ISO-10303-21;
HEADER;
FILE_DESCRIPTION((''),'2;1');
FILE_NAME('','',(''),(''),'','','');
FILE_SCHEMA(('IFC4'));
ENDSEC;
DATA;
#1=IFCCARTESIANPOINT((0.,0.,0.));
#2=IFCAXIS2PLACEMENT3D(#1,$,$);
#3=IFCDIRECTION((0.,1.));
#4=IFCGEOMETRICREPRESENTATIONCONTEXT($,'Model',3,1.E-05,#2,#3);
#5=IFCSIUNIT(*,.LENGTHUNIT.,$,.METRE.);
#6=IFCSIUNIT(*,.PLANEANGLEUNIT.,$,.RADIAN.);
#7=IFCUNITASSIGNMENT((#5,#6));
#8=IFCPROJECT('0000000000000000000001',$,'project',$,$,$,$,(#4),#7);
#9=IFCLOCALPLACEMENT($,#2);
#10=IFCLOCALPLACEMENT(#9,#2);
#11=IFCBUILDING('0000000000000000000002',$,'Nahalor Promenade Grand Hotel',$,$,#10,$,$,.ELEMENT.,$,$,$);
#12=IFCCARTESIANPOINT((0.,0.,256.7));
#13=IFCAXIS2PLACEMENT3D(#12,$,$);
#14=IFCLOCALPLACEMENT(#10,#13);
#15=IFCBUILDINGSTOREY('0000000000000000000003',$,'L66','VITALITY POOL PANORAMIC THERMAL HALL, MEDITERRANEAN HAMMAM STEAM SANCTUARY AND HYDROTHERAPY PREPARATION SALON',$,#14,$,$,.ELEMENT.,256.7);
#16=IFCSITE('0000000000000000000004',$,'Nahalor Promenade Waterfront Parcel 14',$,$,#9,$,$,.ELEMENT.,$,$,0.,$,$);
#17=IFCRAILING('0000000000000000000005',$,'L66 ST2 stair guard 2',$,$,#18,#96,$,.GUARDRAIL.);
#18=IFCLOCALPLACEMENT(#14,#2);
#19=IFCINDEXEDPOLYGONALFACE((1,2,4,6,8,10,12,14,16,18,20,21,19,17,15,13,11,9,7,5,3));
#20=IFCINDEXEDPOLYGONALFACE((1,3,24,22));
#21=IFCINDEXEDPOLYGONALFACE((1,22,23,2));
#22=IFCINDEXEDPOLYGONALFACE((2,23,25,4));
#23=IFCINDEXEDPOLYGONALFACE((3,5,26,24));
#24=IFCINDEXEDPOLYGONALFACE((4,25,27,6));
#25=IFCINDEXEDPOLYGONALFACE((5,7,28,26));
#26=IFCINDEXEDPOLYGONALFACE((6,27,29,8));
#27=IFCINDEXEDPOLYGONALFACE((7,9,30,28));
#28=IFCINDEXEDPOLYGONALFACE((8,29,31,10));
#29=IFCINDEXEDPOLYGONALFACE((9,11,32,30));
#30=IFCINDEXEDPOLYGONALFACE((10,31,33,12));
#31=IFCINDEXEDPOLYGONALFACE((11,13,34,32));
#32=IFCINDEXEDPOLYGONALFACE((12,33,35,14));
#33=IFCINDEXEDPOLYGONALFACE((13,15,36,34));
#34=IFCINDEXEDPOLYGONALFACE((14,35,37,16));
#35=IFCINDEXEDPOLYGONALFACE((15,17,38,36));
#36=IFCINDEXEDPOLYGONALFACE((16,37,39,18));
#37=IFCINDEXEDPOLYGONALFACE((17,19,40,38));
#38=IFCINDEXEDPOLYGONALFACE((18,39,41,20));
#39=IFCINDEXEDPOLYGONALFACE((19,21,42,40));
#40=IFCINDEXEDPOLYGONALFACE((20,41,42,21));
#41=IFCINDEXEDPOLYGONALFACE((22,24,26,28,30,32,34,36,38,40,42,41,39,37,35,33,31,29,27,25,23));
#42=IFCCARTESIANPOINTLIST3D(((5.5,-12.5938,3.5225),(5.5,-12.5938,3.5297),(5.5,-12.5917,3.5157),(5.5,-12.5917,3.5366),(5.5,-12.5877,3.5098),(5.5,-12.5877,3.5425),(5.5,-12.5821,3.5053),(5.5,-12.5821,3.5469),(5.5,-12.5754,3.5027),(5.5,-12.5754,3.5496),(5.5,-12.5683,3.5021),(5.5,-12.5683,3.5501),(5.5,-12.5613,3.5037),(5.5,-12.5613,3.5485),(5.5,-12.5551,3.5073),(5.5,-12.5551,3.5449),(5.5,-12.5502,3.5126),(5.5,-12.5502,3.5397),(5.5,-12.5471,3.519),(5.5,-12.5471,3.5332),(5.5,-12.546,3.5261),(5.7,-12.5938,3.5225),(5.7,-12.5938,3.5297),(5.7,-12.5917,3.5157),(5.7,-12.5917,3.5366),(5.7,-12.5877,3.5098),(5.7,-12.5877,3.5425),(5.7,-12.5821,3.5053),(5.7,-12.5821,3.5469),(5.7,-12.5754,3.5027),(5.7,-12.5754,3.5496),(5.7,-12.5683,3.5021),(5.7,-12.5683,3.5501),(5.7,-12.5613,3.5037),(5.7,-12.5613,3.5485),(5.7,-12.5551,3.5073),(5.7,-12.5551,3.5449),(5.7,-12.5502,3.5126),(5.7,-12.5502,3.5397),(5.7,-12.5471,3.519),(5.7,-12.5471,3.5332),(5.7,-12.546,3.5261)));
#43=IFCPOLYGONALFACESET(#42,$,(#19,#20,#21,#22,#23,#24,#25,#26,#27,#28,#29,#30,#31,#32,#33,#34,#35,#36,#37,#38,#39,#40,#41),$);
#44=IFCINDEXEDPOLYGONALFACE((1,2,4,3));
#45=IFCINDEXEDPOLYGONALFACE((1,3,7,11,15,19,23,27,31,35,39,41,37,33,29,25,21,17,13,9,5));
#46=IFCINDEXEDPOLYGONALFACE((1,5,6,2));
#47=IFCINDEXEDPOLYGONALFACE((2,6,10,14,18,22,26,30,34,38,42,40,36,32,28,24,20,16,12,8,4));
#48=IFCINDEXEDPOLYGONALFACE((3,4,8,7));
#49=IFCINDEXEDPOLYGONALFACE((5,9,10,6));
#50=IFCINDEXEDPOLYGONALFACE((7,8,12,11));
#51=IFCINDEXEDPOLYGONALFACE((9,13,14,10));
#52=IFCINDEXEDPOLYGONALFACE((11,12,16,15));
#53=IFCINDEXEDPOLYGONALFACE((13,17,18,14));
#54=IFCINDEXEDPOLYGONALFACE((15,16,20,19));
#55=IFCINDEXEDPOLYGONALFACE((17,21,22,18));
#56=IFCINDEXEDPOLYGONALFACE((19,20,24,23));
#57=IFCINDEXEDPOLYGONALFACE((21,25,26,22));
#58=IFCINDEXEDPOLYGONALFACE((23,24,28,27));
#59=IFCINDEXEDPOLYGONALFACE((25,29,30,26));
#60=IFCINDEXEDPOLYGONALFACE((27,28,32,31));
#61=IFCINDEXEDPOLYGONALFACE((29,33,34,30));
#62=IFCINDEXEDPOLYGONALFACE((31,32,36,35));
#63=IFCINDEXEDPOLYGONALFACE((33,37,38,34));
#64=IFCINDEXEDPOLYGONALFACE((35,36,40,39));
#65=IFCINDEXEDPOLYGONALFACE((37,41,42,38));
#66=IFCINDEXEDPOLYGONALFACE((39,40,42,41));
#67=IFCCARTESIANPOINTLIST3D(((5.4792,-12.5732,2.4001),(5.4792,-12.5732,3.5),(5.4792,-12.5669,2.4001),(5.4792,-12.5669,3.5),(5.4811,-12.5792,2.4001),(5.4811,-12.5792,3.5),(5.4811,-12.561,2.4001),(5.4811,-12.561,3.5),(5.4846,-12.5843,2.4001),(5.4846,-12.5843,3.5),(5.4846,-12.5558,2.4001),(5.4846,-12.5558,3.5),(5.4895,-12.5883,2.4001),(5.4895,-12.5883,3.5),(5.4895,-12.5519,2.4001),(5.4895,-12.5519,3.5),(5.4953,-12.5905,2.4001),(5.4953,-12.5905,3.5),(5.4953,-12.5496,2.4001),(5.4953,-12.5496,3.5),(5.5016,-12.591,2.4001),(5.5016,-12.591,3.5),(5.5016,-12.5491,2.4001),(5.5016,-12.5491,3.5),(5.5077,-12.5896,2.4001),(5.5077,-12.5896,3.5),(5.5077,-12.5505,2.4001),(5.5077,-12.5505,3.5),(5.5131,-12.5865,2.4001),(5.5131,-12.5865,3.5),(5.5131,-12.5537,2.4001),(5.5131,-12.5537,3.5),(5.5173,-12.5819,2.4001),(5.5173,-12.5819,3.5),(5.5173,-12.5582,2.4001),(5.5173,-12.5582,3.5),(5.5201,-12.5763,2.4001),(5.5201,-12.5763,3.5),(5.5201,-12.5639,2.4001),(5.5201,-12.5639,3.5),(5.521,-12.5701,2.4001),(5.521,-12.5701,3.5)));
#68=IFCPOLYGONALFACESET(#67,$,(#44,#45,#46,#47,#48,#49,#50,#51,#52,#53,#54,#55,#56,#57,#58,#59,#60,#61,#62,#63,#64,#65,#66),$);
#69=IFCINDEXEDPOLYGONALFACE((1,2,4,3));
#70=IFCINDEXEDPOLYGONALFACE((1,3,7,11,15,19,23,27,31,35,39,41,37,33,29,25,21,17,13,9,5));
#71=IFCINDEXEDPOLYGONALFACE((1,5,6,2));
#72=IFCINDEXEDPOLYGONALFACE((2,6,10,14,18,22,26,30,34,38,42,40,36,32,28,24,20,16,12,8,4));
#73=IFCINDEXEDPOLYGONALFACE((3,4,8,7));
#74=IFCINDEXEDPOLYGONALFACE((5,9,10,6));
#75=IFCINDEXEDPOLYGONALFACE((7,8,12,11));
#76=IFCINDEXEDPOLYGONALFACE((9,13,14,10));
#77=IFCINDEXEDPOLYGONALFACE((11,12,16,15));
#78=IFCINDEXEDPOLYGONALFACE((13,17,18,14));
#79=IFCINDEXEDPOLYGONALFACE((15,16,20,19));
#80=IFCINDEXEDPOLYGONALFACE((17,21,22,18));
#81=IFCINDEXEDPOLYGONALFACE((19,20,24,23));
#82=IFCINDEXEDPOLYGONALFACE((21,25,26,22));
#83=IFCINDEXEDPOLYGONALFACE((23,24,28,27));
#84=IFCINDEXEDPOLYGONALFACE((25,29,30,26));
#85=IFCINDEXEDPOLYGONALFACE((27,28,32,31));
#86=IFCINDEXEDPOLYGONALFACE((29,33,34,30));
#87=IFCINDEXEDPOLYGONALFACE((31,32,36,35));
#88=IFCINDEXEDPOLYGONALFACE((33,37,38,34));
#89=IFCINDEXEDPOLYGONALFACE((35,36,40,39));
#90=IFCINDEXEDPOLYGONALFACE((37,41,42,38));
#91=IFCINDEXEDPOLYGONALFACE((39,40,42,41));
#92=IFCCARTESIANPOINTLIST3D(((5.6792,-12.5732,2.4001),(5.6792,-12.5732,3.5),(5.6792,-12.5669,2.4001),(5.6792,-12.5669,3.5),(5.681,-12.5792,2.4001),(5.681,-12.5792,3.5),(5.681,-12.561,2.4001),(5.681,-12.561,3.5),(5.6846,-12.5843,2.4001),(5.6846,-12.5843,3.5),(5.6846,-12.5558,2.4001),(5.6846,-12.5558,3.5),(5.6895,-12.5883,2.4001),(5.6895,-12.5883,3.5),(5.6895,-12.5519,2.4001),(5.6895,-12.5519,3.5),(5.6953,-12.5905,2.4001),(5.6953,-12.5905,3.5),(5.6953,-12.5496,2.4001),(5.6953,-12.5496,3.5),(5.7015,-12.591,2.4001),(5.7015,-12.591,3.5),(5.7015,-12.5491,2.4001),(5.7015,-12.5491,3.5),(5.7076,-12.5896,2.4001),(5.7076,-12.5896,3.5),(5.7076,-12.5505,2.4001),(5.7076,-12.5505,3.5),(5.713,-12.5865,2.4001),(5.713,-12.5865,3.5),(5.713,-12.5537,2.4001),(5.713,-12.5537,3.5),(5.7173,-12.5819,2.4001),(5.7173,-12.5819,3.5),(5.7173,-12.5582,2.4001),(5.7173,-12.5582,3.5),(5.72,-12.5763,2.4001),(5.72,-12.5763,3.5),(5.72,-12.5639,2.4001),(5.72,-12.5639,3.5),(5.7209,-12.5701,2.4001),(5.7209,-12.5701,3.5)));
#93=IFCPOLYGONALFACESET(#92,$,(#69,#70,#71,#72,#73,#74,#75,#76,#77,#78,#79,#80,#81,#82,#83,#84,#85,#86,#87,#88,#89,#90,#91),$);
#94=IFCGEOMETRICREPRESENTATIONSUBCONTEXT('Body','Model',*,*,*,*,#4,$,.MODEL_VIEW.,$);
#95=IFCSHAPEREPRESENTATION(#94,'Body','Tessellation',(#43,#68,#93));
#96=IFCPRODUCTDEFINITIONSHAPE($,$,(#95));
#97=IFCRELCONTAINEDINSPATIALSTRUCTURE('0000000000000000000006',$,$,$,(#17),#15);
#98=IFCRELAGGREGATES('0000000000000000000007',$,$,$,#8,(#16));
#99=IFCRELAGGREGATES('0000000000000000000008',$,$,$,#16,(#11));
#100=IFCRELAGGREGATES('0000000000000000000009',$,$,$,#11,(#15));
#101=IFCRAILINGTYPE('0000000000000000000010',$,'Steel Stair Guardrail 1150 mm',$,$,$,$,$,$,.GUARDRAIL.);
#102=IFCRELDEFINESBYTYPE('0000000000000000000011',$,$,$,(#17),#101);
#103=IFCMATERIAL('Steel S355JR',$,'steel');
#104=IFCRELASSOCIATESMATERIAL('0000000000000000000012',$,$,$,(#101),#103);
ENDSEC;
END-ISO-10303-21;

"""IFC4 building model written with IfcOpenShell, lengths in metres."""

from ifc_helpers import new_model, si_unit, direction, frame, origin, origin_2d, place, context, subcontext, project, spatial, circle, extrude, material, type_object, element, save


model = new_model("IFC4")

# Units and contexts
model_context = context("Model", 3, precision=1e-05, world=origin(), true_north=direction((0.0, 1.0)))
body_context = subcontext(model_context, "Body", "Model", "MODEL_VIEW")
ifc_project = project(units=[si_unit("LENGTHUNIT", "METRE"), si_unit("PLANEANGLEUNIT", "RADIAN")], contexts=[model_context])

# Site, building, storey
site_placement = place(None, origin())
site = spatial("IfcSite", under=ifc_project, at=site_placement, Name="Nahalor Promenade Waterfront Parcel 14", CompositionType="ELEMENT", RefElevation=0.0)
building_placement = place(site_placement, origin())
building = spatial("IfcBuilding", under=site, at=building_placement, Name="Nahalor Promenade Grand Hotel", CompositionType="ELEMENT")
storey_placement = place(building_placement, frame((0.0, 0.0, 256.7)))
storey = spatial("IfcBuildingStorey", under=building, at=storey_placement, Name="L66", Description="VITALITY POOL PANORAMIC THERMAL HALL, MEDITERRANEAN HAMMAM STEAM SANCTUARY AND HYDROTHERAPY PREPARATION SALON", CompositionType="ELEMENT", Elevation=256.7)

# Shared definitions
ifc_material_1 = material(Name="Steel S355JR", Category="steel")

# Railing
railing_type_1 = type_object("IfcRailingType", Name="Steel Stair Guardrail 1150 mm", PredefinedType="GUARDRAIL", material=ifc_material_1)
railing_1_placement = place(storey_placement, frame((5.5, -12.5701, 2.4001)))
element("IfcRailing", 1, at=railing_1_placement, inside=storey, type_object=railing_type_1, Name="L66 ST2 stair guard 2", PredefinedType="GUARDRAIL", context=body_context, shape_type="SweptSolid", body=[
    extrude(circle(Radius=0.024, at=origin_2d()), frame((0.0, 0.0, 1.126), z_axis=(1.0, 0.0, 0.0), x_axis=(0.0, 1.0, 0.0)), (0.0, 0.0, 1.0), 0.2),
    extrude(circle(Radius=0.021, at=origin_2d()), origin(), (0.0, 0.0, 1.0), 1.0999),
    extrude(circle(Radius=0.021, at=origin_2d()), frame((0.2, 0.0, 0.0)), (0.0, 0.0, 1.0), 1.0999),
])

save(model, "model.ifc")
